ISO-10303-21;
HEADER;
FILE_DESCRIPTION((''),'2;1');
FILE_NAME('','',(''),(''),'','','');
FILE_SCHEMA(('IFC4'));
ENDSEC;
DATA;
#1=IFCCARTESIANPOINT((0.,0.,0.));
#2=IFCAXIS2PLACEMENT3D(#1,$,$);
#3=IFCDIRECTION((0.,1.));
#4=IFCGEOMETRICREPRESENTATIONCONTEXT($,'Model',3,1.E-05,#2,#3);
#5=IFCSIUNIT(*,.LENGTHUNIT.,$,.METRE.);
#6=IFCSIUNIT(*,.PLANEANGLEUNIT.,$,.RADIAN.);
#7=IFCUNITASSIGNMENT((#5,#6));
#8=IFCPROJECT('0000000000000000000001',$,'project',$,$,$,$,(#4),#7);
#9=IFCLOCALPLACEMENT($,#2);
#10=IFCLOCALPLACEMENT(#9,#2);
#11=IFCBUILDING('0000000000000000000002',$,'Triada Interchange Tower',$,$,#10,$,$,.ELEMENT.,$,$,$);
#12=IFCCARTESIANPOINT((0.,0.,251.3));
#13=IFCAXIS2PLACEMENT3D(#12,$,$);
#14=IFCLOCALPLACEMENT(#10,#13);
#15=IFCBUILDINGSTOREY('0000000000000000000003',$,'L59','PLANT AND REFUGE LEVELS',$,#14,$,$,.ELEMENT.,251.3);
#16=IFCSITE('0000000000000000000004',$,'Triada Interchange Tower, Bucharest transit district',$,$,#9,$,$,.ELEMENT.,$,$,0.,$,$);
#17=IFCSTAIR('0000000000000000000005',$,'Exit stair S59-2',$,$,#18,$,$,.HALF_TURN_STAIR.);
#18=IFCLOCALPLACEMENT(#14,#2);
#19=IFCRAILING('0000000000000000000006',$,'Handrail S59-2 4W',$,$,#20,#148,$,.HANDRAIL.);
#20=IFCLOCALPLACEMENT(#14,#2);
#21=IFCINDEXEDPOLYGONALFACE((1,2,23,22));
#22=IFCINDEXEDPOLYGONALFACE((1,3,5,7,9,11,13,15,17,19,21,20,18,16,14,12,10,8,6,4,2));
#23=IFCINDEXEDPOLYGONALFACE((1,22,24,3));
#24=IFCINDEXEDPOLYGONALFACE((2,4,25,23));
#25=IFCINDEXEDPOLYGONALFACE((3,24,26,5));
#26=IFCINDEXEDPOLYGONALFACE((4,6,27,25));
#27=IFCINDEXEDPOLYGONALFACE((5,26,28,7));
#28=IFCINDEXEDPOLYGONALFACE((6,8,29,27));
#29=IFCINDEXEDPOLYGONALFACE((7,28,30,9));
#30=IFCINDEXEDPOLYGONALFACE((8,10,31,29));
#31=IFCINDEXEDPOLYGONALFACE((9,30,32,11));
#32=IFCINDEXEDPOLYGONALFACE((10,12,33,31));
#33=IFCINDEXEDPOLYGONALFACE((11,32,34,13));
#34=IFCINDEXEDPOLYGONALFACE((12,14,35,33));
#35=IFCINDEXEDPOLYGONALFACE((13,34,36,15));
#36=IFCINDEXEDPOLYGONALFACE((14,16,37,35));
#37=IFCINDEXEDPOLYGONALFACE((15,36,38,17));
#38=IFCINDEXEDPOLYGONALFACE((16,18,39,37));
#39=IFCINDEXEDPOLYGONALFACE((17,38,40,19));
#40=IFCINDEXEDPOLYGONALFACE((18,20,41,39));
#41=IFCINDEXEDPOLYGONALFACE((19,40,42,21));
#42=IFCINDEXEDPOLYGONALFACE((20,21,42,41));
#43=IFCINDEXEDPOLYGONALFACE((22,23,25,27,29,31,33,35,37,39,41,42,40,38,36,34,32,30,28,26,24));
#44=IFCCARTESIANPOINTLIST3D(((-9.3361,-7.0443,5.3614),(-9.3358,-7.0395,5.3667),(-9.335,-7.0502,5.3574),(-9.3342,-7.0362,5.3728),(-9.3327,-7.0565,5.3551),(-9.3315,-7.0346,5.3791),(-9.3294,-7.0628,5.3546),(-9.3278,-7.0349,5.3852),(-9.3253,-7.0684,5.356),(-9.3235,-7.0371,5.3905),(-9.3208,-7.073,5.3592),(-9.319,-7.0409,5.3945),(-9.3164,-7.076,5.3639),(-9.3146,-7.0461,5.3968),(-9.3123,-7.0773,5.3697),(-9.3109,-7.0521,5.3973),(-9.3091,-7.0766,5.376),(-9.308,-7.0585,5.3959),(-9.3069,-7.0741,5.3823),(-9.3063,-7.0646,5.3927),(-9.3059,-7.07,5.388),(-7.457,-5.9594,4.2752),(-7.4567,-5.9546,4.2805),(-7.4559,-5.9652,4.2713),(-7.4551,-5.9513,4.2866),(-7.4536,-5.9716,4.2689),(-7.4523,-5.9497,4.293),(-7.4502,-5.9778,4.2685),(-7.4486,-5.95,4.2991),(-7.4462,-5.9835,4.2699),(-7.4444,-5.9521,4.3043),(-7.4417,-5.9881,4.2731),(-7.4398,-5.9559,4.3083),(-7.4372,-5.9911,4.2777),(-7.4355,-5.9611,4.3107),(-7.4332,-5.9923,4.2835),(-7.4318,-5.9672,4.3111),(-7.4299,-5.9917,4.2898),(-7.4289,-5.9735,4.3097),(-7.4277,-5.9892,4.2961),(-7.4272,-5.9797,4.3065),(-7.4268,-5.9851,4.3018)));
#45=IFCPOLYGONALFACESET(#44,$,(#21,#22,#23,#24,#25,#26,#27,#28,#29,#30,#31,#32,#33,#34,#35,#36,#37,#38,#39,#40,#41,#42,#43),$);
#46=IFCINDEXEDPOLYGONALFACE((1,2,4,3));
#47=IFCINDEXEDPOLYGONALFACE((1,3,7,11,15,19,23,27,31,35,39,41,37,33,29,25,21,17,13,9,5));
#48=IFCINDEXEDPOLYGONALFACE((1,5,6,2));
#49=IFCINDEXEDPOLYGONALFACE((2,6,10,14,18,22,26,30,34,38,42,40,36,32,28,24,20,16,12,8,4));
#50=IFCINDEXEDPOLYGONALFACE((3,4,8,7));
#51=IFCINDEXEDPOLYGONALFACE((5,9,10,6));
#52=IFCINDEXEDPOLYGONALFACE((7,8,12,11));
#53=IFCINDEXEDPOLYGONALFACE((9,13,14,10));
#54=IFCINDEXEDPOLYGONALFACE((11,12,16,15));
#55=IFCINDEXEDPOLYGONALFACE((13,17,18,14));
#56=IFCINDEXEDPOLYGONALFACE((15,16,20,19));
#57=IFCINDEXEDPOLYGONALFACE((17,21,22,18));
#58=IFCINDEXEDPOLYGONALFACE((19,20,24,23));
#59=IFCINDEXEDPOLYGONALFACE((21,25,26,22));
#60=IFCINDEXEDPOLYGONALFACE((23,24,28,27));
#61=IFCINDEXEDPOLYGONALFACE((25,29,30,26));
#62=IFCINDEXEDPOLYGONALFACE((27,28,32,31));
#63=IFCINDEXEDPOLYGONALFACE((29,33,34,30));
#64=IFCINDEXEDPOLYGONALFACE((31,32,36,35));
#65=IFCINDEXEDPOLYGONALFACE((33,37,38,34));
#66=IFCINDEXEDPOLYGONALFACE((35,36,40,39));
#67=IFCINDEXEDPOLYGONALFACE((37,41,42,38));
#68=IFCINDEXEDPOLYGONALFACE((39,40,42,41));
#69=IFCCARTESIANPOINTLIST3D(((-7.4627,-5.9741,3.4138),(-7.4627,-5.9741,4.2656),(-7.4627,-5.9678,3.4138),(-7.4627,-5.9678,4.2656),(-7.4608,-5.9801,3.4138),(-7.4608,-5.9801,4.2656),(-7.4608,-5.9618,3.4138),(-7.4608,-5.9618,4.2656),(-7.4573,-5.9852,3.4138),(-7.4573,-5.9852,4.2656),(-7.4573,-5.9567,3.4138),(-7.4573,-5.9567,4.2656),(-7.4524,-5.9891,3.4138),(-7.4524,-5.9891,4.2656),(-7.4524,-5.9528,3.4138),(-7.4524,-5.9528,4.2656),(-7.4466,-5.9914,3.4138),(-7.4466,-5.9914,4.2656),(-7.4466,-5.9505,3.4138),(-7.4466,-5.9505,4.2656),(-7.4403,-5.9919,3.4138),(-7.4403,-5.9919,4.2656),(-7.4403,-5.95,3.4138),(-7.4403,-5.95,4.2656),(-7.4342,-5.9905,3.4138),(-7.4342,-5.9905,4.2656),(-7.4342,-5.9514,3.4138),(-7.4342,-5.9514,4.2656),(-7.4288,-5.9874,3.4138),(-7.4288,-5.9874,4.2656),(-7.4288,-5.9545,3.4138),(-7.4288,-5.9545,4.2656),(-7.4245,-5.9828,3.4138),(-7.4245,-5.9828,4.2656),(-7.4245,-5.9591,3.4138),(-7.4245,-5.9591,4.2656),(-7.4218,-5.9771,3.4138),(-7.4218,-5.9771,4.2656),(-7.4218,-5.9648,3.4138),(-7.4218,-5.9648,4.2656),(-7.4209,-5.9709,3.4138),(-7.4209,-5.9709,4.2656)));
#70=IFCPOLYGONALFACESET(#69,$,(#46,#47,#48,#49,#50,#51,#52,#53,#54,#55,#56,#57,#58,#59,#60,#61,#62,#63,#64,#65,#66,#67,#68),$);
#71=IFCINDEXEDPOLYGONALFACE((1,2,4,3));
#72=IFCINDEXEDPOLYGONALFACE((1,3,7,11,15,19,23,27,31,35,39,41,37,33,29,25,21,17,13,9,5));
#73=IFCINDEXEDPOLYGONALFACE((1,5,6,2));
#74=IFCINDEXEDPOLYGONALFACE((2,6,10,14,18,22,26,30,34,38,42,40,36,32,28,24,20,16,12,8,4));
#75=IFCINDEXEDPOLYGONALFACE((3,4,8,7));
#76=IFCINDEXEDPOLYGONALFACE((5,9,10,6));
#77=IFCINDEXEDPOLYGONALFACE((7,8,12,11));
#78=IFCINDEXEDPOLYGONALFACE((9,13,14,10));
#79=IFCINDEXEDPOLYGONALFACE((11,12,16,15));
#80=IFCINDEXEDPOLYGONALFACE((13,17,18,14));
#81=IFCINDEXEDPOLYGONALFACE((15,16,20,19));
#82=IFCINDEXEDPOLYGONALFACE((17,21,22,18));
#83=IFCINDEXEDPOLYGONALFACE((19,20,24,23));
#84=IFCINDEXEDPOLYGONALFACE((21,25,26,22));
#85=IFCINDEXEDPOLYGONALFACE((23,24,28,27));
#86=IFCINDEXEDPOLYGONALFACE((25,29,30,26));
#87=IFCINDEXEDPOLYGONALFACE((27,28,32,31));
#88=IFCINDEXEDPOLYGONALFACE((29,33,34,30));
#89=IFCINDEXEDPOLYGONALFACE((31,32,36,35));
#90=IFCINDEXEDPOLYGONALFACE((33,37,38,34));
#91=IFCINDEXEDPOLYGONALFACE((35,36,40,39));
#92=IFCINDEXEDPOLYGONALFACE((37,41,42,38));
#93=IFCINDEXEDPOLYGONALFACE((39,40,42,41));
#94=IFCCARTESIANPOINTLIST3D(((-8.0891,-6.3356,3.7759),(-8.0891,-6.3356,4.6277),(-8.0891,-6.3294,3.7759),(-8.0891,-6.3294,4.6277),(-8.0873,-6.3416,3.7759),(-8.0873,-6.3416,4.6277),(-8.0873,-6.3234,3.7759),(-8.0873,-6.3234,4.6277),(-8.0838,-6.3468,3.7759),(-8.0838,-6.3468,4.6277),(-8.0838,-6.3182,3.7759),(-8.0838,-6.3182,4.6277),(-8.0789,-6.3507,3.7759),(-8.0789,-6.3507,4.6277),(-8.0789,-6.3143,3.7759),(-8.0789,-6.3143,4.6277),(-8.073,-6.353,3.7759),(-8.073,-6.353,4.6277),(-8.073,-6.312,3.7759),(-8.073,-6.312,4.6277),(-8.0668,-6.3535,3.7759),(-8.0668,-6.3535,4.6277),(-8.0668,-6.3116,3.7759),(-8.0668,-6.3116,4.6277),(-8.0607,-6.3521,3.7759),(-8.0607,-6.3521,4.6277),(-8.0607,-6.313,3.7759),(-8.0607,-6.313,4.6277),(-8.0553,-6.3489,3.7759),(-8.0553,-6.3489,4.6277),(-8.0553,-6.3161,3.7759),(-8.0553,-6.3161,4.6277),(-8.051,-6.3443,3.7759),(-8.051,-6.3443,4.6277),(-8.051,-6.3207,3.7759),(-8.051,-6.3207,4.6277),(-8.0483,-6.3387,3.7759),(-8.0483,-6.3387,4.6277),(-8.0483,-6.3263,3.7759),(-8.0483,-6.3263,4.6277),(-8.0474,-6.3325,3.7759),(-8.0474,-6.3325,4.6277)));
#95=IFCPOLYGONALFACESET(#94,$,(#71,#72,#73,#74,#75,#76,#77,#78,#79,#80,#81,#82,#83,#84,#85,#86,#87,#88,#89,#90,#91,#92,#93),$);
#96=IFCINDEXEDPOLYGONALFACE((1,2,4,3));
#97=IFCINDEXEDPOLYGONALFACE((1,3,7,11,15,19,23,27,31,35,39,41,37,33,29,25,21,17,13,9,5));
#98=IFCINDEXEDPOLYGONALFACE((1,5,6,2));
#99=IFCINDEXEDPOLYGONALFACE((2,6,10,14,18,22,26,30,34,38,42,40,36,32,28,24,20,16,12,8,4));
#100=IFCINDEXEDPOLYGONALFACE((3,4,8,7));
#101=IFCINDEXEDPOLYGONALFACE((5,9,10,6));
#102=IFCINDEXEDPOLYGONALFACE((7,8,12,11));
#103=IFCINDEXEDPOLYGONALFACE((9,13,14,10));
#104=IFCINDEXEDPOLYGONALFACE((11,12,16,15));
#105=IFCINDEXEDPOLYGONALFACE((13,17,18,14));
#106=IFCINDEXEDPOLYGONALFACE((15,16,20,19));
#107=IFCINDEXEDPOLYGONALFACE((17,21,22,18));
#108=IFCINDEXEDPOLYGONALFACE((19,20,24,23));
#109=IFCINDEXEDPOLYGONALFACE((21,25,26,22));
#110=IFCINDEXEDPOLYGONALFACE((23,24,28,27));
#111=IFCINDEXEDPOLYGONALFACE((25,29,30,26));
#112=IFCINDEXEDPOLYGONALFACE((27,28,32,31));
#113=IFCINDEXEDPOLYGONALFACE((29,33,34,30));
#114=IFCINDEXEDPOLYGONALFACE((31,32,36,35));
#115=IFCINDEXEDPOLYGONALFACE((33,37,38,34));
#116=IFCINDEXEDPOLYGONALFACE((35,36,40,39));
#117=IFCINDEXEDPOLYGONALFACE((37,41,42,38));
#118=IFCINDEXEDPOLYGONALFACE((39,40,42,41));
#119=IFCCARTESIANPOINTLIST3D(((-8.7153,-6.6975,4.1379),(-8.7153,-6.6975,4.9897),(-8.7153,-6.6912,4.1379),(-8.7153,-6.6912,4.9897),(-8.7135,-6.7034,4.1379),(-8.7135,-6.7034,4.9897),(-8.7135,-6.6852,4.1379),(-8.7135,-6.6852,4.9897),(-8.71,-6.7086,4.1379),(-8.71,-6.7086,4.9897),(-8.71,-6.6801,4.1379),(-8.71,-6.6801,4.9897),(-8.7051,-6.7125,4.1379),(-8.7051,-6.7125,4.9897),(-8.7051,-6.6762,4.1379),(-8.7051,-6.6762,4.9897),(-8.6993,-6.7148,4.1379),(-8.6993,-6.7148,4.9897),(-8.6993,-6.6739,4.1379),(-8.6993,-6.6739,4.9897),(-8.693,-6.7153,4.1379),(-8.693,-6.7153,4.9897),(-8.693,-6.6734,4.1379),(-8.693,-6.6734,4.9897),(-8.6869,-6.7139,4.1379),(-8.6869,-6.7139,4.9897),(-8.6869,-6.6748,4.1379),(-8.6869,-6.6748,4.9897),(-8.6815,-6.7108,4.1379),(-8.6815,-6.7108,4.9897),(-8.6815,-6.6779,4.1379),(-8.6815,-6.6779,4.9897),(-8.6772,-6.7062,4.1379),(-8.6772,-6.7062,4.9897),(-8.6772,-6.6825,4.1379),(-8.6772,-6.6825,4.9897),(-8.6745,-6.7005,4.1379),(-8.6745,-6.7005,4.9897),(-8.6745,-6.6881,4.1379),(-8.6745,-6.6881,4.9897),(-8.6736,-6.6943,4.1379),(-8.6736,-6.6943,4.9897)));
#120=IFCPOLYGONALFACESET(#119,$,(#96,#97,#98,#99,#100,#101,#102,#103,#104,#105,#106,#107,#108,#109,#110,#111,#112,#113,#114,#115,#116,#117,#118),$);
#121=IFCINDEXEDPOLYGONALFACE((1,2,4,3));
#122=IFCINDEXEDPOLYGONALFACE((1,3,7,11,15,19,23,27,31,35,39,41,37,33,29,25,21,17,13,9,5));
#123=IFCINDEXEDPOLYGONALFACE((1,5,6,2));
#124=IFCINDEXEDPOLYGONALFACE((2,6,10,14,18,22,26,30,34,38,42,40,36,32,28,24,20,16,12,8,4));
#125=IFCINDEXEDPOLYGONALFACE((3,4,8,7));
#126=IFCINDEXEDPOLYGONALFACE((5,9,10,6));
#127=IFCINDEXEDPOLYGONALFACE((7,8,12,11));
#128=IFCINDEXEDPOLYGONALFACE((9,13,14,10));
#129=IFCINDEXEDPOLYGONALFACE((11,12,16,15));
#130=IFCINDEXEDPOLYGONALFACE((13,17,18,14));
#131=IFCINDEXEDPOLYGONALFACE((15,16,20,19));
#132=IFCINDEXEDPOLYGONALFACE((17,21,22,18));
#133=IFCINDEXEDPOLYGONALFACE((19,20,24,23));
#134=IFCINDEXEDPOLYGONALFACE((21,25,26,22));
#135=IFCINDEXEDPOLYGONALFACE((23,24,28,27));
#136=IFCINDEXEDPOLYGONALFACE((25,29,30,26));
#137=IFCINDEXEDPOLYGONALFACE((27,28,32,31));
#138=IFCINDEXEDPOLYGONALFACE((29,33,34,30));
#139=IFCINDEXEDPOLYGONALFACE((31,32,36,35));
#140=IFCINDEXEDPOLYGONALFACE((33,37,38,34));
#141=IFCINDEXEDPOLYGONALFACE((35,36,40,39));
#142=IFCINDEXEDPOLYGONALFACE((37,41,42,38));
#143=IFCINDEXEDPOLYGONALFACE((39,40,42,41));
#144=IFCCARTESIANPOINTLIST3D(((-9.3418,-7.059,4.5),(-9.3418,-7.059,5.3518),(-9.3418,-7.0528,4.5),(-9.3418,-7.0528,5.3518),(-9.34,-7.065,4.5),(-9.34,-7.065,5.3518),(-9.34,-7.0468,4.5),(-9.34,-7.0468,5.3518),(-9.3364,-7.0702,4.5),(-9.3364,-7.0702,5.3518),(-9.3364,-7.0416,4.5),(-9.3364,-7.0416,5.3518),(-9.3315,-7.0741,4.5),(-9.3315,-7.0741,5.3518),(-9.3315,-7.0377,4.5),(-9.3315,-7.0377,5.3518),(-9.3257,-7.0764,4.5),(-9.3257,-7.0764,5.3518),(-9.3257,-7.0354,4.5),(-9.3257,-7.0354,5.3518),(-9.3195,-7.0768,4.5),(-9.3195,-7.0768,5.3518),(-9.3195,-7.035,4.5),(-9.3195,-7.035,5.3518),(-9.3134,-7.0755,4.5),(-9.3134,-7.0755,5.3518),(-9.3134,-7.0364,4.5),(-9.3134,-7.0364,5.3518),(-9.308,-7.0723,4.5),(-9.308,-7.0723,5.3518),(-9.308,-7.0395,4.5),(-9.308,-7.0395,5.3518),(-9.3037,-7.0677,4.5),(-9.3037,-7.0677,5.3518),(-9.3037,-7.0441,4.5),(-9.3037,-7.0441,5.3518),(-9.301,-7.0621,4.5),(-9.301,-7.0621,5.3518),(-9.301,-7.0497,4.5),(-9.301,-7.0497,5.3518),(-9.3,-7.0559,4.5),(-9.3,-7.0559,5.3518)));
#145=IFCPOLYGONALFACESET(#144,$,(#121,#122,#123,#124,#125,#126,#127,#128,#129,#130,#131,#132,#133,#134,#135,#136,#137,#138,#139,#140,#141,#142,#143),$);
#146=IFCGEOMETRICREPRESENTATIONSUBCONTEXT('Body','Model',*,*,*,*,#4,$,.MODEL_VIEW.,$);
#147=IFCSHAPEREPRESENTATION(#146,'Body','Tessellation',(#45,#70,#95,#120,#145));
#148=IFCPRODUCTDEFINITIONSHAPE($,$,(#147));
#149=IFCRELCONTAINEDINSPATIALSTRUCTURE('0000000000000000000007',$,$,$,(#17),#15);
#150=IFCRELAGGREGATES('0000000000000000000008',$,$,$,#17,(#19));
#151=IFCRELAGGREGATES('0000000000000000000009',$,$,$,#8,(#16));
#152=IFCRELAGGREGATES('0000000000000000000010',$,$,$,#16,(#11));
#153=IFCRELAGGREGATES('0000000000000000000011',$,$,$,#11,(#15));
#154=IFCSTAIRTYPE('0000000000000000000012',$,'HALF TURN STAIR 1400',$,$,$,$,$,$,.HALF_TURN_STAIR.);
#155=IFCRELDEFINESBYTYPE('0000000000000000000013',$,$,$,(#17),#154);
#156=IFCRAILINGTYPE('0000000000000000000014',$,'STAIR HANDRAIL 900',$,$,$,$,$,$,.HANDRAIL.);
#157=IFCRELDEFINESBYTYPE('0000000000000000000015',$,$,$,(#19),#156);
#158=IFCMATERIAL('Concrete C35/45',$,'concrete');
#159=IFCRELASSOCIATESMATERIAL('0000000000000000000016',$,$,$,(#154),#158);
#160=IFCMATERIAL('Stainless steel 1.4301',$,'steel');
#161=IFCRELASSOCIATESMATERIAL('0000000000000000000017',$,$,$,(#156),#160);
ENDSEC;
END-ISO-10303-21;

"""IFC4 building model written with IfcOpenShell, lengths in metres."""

from ifc_helpers import new_model, si_unit, direction, frame, origin, origin_2d, place, context, subcontext, project, spatial, circle, extrude, material, type_object, element, aggregate, save


model = new_model("IFC4")

# Units and contexts
model_context = context("Model", 3, precision=1e-05, world=origin(), true_north=direction((0.0, 1.0)))
body_context = subcontext(model_context, "Body", "Model", "MODEL_VIEW")
ifc_project = project(units=[si_unit("LENGTHUNIT", "METRE"), si_unit("PLANEANGLEUNIT", "RADIAN")], contexts=[model_context])

# Site, building, storey
site_placement = place(None, origin())
site = spatial("IfcSite", under=ifc_project, at=site_placement, Name="Triada Interchange Tower, Bucharest transit district", CompositionType="ELEMENT", RefElevation=0.0)
building_placement = place(site_placement, origin())
building = spatial("IfcBuilding", under=site, at=building_placement, Name="Triada Interchange Tower", CompositionType="ELEMENT")
storey_placement = place(building_placement, frame((0.0, 0.0, 251.3)))
storey = spatial("IfcBuildingStorey", under=building, at=storey_placement, Name="L59", Description="PLANT AND REFUGE LEVELS", CompositionType="ELEMENT", Elevation=251.3)

# Shared definitions
ifc_material_1 = material(Name="Concrete C35/45", Category="concrete")

# Stair, railing
stair_type = type_object("IfcStairType", Name="HALF TURN STAIR 1400", PredefinedType="HALF_TURN_STAIR", material=ifc_material_1)
stair_placement = place(storey_placement, origin())
stair = element("IfcStair", 1, at=stair_placement, inside=storey, type_object=stair_type, Name="Exit stair S59-2", PredefinedType="HALF_TURN_STAIR")
ifc_material_2 = material(Name="Stainless steel 1.4301", Category="steel")
railing_type_1 = type_object("IfcRailingType", Name="STAIR HANDRAIL 900", PredefinedType="HANDRAIL", material=ifc_material_2)
railing_1_placement = place(storey_placement, frame((-7.4419, -5.9709, 3.4138)))
railing_1 = element("IfcRailing", 2, at=railing_1_placement, type_object=railing_type_1, Name="Handrail S59-2 4W", PredefinedType="HANDRAIL", context=body_context, shape_type="SweptSolid", body=[
    extrude(circle(Radius=0.0239, at=origin_2d()), frame((0.0, 0.0, 0.876), z_axis=(-0.774413, -0.447121, 0.447624), x_axis=(0.500011, -0.866019, 0.0)), (0.0, 0.0, 1.0), 2.4265),
    extrude(circle(Radius=0.021, at=origin_2d()), origin(), (0.0, 0.0, 1.0), 0.8518),
    extrude(circle(Radius=0.021, at=origin_2d()), frame((-0.6265, -0.3616, 0.3621)), (0.0, 0.0, 1.0), 0.8518),
    extrude(circle(Radius=0.021, at=origin_2d()), frame((-1.2527, -0.7234, 0.7241)), (0.0, 0.0, 1.0), 0.8518),
    extrude(circle(Radius=0.021, at=origin_2d()), frame((-1.8792, -1.085, 1.0862)), (0.0, 0.0, 1.0), 0.8518),
])
aggregate(stair, [railing_1])

save(model, "model.ifc")
